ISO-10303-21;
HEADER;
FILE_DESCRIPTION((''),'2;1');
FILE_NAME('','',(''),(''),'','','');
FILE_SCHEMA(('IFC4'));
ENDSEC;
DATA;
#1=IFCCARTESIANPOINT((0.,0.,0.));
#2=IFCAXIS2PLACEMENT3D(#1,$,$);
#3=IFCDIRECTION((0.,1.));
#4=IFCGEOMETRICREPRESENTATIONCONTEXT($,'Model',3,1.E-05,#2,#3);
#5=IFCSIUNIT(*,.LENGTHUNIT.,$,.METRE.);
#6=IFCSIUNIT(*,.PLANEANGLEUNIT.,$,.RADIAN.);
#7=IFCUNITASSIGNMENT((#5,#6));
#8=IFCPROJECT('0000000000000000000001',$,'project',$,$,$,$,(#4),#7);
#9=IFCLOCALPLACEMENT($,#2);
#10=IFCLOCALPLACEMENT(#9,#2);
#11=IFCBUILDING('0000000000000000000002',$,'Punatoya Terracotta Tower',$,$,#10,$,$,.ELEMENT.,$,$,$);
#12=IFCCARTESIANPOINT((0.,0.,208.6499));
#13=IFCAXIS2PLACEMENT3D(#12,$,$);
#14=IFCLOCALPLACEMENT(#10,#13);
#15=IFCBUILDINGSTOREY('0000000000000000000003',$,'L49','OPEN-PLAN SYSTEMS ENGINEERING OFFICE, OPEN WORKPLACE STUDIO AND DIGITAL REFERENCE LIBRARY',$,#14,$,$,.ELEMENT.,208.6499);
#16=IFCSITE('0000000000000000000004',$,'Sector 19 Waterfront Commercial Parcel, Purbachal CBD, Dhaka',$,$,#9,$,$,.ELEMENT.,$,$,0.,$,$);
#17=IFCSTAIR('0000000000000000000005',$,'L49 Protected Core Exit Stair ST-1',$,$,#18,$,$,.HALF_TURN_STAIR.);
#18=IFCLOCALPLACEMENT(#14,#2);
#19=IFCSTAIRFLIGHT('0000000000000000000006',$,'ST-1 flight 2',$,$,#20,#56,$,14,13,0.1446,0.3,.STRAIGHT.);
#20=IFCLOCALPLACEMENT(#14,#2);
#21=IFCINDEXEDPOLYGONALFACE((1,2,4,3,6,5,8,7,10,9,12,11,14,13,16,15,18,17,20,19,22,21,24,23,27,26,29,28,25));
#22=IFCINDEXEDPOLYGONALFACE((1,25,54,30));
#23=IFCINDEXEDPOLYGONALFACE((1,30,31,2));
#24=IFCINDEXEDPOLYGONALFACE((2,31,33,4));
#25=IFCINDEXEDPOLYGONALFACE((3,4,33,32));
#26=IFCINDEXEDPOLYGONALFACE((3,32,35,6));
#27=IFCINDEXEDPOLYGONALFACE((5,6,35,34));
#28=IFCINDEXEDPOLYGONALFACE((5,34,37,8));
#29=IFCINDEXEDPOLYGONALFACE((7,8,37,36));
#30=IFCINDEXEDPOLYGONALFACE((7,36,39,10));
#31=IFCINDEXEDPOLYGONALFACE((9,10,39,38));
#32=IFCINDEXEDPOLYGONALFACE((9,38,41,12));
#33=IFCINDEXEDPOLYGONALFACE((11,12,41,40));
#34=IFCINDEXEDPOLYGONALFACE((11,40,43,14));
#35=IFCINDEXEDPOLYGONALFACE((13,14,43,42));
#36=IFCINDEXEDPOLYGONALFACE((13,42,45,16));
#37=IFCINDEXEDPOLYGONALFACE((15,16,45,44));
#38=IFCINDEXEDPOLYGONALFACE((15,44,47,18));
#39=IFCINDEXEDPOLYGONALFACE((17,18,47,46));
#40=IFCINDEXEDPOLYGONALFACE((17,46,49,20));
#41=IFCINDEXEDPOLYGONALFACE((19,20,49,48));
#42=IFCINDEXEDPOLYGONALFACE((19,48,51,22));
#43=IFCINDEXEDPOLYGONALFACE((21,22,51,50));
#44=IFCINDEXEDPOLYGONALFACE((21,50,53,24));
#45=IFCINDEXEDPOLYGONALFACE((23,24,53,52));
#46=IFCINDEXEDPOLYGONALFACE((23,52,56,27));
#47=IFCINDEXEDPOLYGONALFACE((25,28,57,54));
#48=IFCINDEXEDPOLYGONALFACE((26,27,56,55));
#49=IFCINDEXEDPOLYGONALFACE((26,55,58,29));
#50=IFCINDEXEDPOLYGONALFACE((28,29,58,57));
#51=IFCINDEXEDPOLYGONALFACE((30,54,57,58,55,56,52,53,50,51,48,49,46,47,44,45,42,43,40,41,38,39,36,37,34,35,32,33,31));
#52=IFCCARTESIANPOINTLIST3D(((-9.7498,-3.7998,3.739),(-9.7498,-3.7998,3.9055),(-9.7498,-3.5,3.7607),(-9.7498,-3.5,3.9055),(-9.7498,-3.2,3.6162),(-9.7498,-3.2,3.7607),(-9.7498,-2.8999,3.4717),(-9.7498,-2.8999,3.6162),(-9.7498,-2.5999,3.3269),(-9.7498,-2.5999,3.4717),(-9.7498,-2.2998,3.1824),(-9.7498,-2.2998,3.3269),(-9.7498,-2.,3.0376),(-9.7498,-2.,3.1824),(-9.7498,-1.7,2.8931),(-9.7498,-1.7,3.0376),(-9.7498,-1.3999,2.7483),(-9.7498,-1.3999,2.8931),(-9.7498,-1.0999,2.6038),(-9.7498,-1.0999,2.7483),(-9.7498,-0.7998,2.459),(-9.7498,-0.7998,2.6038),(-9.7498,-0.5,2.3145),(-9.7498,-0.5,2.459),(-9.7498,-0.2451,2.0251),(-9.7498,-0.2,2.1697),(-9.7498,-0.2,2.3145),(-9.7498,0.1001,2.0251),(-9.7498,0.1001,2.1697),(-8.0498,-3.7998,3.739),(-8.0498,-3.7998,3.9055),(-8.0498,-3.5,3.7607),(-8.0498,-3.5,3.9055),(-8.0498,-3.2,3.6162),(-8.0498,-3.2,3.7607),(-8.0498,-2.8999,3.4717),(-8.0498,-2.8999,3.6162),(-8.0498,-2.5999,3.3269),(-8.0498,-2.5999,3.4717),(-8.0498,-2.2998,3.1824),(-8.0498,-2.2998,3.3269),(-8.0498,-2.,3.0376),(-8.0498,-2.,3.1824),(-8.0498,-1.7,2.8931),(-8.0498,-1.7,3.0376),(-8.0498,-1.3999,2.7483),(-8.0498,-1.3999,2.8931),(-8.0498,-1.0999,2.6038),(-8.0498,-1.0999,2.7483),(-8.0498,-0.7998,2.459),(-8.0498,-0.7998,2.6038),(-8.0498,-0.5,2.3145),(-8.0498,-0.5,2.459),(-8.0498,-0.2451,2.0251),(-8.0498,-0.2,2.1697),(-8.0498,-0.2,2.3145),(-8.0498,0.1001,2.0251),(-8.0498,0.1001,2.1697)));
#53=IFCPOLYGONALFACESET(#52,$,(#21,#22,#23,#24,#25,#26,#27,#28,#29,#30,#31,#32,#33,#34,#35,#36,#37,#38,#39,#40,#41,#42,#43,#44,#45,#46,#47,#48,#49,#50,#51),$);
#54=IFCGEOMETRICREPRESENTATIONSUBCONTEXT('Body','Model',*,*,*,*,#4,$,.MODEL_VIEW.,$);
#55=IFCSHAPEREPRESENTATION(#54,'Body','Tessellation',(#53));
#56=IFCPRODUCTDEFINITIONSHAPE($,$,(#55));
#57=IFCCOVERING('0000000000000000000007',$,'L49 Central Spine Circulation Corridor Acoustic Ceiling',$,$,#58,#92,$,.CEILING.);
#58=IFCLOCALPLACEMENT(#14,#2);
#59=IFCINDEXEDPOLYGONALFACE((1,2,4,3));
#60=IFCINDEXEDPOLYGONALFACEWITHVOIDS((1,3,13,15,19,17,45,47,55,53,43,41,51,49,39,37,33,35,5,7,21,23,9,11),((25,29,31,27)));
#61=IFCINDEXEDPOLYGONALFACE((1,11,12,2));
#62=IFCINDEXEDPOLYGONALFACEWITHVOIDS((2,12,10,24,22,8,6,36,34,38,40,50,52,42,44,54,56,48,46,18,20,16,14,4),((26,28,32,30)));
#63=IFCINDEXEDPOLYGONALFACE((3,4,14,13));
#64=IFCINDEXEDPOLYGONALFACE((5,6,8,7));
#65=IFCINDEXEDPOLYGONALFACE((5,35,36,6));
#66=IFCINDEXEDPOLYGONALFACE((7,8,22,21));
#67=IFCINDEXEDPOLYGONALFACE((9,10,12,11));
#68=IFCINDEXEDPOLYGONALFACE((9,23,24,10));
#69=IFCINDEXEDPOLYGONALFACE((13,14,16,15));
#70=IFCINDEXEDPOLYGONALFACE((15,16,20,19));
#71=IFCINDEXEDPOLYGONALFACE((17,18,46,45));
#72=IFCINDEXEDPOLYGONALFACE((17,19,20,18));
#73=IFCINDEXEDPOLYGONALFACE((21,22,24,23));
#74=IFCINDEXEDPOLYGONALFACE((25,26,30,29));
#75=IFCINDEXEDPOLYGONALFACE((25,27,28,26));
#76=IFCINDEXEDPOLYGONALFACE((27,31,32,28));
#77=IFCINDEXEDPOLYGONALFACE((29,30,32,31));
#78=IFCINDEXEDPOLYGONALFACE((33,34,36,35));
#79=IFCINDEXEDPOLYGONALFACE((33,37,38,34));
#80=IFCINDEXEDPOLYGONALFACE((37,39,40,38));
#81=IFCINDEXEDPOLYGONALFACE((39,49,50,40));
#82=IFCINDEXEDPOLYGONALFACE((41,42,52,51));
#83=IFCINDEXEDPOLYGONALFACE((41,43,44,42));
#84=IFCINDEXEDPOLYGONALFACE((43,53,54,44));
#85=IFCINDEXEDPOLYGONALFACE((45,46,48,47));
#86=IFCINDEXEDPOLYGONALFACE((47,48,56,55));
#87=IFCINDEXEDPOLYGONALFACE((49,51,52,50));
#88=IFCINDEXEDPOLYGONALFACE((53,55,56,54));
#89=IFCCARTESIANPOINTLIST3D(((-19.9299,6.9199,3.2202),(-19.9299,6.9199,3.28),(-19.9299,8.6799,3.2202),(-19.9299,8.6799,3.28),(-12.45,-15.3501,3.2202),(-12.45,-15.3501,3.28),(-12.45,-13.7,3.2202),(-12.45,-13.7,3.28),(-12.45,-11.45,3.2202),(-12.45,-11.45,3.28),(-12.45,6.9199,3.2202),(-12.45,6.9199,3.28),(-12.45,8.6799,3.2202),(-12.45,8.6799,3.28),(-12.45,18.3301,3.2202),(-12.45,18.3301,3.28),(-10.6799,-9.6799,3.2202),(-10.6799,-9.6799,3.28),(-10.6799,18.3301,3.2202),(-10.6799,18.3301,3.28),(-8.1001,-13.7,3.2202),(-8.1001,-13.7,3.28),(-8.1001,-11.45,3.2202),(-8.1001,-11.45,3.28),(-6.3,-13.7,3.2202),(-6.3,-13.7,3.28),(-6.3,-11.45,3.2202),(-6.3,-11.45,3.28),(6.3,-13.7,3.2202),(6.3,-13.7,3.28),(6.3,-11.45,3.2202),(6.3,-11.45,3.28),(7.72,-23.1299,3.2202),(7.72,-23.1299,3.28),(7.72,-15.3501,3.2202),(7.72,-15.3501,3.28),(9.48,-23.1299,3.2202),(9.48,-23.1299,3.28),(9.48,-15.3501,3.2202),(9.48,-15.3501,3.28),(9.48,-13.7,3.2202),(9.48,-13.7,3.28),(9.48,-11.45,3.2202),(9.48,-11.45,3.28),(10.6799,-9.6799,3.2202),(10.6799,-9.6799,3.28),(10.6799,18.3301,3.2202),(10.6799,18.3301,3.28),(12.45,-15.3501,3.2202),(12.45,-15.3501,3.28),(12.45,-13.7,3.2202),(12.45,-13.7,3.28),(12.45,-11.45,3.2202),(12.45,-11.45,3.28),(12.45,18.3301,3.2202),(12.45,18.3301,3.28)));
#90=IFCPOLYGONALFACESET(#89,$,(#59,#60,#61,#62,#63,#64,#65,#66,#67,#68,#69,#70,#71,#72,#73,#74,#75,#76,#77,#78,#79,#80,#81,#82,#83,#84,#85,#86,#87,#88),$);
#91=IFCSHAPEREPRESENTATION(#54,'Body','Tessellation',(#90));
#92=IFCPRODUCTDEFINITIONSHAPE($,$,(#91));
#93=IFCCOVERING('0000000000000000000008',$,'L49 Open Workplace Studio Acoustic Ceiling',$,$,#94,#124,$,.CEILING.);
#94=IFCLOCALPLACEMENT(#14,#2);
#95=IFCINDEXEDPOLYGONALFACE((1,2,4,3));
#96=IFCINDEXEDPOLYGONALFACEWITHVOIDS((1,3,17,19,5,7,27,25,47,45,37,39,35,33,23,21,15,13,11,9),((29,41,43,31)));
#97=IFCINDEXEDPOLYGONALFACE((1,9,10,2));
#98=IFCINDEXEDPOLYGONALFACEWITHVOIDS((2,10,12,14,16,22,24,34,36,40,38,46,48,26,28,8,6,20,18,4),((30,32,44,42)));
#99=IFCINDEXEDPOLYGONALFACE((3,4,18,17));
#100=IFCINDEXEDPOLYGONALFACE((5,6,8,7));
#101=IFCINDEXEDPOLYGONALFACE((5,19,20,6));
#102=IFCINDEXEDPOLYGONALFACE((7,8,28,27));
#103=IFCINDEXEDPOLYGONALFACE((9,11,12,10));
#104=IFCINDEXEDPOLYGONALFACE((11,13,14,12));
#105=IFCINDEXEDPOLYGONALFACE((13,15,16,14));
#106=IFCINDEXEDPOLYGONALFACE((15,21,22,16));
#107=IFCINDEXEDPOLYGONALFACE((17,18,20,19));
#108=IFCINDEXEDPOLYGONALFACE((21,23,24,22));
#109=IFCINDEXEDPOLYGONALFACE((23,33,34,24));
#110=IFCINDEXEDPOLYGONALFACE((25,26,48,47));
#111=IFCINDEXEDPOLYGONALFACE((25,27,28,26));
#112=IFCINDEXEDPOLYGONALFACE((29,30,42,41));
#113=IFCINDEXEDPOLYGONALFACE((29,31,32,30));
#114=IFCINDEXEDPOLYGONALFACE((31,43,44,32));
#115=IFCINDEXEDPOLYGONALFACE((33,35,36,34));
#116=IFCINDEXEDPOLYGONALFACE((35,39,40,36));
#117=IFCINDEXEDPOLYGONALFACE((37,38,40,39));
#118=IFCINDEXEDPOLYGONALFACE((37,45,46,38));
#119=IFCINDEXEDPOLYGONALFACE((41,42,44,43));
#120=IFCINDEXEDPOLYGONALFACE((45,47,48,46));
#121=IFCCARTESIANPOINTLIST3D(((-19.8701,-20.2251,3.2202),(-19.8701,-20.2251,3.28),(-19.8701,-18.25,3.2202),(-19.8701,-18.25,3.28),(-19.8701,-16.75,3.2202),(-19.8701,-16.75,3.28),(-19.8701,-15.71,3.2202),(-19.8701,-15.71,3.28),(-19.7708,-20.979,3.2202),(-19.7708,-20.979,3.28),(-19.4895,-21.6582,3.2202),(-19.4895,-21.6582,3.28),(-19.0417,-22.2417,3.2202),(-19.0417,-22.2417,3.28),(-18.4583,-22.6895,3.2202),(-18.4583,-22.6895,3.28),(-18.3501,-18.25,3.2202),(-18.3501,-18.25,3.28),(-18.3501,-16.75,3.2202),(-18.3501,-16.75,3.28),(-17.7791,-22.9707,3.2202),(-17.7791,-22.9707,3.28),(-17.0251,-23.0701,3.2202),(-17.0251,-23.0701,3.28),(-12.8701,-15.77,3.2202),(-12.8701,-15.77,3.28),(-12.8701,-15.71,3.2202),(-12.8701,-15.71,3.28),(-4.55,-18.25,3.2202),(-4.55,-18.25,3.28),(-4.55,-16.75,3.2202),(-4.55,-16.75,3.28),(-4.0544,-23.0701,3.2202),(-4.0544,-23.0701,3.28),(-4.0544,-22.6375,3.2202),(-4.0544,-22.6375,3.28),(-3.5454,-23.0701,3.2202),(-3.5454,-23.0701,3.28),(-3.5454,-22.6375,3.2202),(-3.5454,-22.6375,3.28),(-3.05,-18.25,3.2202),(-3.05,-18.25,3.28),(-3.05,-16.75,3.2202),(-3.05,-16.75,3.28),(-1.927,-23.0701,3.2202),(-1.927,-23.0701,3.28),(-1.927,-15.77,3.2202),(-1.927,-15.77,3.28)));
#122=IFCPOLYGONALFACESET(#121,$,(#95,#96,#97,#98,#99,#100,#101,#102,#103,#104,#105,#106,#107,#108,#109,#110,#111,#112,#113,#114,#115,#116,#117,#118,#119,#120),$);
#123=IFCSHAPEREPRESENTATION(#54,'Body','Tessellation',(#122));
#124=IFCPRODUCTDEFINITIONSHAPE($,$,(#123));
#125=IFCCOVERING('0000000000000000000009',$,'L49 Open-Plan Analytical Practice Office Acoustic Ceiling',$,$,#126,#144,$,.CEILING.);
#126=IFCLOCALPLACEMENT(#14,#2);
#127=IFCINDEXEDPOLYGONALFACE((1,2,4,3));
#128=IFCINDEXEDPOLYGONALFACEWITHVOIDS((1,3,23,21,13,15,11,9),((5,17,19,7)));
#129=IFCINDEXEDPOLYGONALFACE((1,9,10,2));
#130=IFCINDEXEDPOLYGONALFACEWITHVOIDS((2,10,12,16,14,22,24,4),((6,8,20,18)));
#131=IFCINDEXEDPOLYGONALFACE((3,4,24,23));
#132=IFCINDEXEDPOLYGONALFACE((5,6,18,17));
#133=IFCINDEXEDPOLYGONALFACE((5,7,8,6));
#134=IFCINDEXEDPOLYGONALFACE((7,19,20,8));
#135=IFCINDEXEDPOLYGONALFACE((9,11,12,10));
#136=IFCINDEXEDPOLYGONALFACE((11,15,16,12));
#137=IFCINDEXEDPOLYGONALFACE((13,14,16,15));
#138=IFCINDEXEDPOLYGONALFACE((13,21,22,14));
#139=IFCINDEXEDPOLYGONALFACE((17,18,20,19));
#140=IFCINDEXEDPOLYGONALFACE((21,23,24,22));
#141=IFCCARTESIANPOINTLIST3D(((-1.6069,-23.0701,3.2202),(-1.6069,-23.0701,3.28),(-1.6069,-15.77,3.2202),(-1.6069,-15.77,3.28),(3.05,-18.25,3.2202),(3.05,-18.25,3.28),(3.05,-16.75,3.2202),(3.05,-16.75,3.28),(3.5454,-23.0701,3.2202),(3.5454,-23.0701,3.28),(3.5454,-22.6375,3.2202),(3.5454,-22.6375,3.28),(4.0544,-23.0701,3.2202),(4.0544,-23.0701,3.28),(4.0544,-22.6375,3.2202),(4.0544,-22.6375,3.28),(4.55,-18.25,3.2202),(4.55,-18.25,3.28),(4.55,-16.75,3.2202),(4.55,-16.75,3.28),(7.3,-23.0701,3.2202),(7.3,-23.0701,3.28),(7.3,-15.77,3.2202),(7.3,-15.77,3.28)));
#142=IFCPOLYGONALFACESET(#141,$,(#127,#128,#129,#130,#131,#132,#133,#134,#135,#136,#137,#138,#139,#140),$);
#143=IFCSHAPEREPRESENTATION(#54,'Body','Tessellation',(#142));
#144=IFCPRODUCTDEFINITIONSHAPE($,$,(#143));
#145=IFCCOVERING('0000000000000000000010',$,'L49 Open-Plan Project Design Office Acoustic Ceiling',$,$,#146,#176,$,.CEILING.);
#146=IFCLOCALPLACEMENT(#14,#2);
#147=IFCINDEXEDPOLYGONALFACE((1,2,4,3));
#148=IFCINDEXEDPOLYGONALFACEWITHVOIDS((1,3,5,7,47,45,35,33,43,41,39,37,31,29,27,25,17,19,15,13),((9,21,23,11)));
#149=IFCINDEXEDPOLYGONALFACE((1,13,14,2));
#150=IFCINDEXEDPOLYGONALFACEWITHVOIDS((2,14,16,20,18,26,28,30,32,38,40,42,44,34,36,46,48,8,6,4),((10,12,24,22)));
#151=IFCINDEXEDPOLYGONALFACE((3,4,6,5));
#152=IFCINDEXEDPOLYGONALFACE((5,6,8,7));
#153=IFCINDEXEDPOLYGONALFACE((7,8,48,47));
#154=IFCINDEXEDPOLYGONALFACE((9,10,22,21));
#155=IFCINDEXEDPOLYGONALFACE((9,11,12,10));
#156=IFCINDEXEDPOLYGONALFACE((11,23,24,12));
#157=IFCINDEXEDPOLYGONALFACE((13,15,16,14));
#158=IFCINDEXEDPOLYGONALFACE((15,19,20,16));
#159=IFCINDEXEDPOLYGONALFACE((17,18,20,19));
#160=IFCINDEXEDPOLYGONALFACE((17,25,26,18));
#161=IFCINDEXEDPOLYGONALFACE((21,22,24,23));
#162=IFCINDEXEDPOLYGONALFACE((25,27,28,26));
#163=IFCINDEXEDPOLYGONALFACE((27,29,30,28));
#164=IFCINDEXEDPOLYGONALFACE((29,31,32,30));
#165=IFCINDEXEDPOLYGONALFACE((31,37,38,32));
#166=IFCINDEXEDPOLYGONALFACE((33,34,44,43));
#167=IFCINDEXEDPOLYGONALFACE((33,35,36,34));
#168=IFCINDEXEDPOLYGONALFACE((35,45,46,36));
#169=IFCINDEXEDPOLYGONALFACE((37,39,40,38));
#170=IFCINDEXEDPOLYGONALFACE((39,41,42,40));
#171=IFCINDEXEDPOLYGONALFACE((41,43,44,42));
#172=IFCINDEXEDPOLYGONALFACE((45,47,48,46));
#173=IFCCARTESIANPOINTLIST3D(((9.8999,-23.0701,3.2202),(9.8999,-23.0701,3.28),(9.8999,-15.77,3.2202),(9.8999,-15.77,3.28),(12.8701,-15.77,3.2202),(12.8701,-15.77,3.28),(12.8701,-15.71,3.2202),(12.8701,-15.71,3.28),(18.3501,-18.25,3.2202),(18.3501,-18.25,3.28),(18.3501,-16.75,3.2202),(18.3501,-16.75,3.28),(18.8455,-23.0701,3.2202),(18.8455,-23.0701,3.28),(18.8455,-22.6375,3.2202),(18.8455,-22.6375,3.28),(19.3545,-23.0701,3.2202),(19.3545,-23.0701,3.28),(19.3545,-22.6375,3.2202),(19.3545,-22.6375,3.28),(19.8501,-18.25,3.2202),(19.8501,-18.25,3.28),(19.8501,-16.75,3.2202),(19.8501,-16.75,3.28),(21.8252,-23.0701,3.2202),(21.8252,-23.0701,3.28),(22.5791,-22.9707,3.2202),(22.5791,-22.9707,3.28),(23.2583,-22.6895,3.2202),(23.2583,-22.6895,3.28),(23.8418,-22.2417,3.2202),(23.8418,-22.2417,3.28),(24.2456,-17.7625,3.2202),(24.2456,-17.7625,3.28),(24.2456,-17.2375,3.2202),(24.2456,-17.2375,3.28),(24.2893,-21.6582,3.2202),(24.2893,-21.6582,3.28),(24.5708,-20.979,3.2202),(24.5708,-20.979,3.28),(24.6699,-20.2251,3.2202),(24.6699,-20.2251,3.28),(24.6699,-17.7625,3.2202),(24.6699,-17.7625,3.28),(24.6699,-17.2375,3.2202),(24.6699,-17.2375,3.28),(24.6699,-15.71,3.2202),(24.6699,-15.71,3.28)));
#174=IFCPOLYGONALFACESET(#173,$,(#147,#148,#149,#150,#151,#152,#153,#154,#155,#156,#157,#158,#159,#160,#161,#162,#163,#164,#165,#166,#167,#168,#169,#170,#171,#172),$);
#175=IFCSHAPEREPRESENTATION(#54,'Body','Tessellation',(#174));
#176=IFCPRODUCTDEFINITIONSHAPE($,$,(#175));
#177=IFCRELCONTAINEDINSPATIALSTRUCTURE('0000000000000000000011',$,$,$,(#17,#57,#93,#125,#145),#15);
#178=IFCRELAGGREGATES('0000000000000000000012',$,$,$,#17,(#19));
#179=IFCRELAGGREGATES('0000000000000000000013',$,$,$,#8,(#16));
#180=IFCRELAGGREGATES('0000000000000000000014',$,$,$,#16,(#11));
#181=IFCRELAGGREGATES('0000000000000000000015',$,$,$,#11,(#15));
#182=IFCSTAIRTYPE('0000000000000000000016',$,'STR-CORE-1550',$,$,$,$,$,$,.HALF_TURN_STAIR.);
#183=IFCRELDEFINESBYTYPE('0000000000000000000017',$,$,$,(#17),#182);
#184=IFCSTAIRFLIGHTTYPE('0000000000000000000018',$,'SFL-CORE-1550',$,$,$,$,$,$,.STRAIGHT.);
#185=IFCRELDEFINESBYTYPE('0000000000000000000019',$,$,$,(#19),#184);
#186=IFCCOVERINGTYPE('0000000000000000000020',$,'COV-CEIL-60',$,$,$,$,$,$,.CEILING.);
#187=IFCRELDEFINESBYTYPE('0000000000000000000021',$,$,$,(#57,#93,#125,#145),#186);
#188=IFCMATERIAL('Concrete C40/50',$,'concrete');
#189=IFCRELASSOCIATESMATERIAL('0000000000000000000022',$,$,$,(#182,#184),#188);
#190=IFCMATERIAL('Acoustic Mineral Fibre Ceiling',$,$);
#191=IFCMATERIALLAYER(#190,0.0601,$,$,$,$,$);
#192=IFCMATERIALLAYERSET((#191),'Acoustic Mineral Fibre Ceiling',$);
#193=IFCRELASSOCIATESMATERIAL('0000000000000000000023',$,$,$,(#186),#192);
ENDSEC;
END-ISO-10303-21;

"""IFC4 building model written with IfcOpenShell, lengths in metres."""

from ifc_helpers import new_model, si_unit, direction, frame, origin, place, context, subcontext, project, spatial, polyline, outline, extrude, material, layer, layer_set, type_object, element, aggregate, save


model = new_model("IFC4")

# Units and contexts
model_context = context("Model", 3, precision=1e-05, world=origin(), true_north=direction((0.0, 1.0)))
body_context = subcontext(model_context, "Body", "Model", "MODEL_VIEW")
ifc_project = project(units=[si_unit("LENGTHUNIT", "METRE"), si_unit("PLANEANGLEUNIT", "RADIAN")], contexts=[model_context])

# Site, building, storey
site_placement = place(None, origin())
site = spatial("IfcSite", under=ifc_project, at=site_placement, Name="Sector 19 Waterfront Commercial Parcel, Purbachal CBD, Dhaka", CompositionType="ELEMENT", RefElevation=0.0)
building_placement = place(site_placement, origin())
building = spatial("IfcBuilding", under=site, at=building_placement, Name="Punatoya Terracotta Tower", CompositionType="ELEMENT")
storey_placement = place(building_placement, frame((0.0, 0.0, 208.6499)))
storey = spatial("IfcBuildingStorey", under=building, at=storey_placement, Name="L49", Description="OPEN-PLAN SYSTEMS ENGINEERING OFFICE, OPEN WORKPLACE STUDIO AND DIGITAL REFERENCE LIBRARY", CompositionType="ELEMENT", Elevation=208.6499)

# Stair
ifc_material_1 = material(Name="Concrete C40/50", Category="concrete")
stair_type_1 = type_object("IfcStairType", Name="STR-CORE-1550", PredefinedType="HALF_TURN_STAIR", material=ifc_material_1)
stair_1_placement = place(storey_placement, origin())
stair_1 = element("IfcStair", 1, at=stair_1_placement, inside=storey, type_object=stair_type_1, Name="L49 Protected Core Exit Stair ST-1", PredefinedType="HALF_TURN_STAIR")

# Stair flight
stair_flight_type = type_object("IfcStairFlightType", Name="SFL-CORE-1550", PredefinedType="STRAIGHT", material=ifc_material_1)
stair_flight_placement = place(storey_placement, frame((-8.8999, 0.1001, 2.0251), z_axis=(0.0, 0.0, 1.0), x_axis=(0.0, -1.0, 0.0)))
stair_flight = element("IfcStairFlight", 2, at=stair_flight_placement, type_object=stair_flight_type, Name="ST-1 flight 2", NumberOfRisers=14, NumberOfTreads=13, PredefinedType="STRAIGHT", RiserHeight=0.1446, TreadLength=0.3, context=body_context, shape_type="SweptSolid", body=[
    extrude(outline(polyline([(0.0, 0.0), (0.0, 0.1445), (0.3, 0.1445), (0.3, 0.2893), (0.6001, 0.2893), (0.6001, 0.4338), (0.8999, 0.4338), (0.8999, 0.5786), (1.2, 0.5786), (1.2, 0.7231), (1.5, 0.7231), (1.5, 0.8679), (1.8, 0.8679), (1.8, 1.0125), (2.1001, 1.0125), (2.1001, 1.1572), (2.3999, 1.1572), (2.3999, 1.3018), (2.7, 1.3018), (2.7, 1.4465), (3.0, 1.4465), (3.0, 1.5911), (3.3, 1.5911), (3.3, 1.7356), (3.6001, 1.7356), (3.6001, 1.8804), (3.8999, 1.8804), (3.8999, 2.0249), (3.8999, 1.7139), (0.3452, 0.0), (0.0, 0.0)])), frame((0.0, 0.8501, 0.0), z_axis=(0.0, -1.0, 0.0), x_axis=(1.0, 0.0, 0.0)), (0.0, 0.0, 1.0), 1.7),
])
aggregate(stair_1, [stair_flight])

# Coverings
ifc_material_2 = material(Name="Acoustic Mineral Fibre Ceiling")
ifc_layer_1 = layer(ifc_material_2, 0.0601)
ifc_layer_set_1 = layer_set([ifc_layer_1], Name="Acoustic Mineral Fibre Ceiling")
covering_type = type_object("IfcCoveringType", Name="COV-CEIL-60", PredefinedType="CEILING", material=ifc_layer_set_1)
covering_1_placement = place(storey_placement, frame((0.0, 0.0, 3.2202)))
element("IfcCovering", 3, at=covering_1_placement, inside=storey, type_object=covering_type, Name="L49 Central Spine Circulation Corridor Acoustic Ceiling", PredefinedType="CEILING", context=body_context, shape_type="SweptSolid", body=[
    extrude(outline(polyline([(9.48, -15.3501), (12.45, -15.3501), (12.45, -13.7), (9.48, -13.7), (9.48, -11.45), (12.45, -11.45), (12.45, 18.3301), (10.6799, 18.3301), (10.6799, -9.6799), (-10.6799, -9.6799), (-10.6799, 18.3301), (-12.45, 18.3301), (-12.45, 8.6799), (-19.9299, 8.6799), (-19.9299, 6.9199), (-12.45, 6.9199), (-12.45, -11.45), (-8.1001, -11.45), (-8.1001, -13.7), (-12.45, -13.7), (-12.45, -15.3501), (7.72, -15.3501), (7.72, -23.1299), (9.48, -23.1299), (9.48, -15.3501)]), holes=[polyline([(6.3, -13.7), (-6.3, -13.7), (-6.3, -11.45), (6.3, -11.45), (6.3, -13.7)])]), origin(), (0.0, 0.0, 1.0), 0.0598),
])
covering_2_placement = place(storey_placement, frame((0.0, 0.0, 3.2202)))
element("IfcCovering", 4, at=covering_2_placement, inside=storey, type_object=covering_type, Name="L49 Open Workplace Studio Acoustic Ceiling", PredefinedType="CEILING", context=body_context, shape_type="SweptSolid", body=[
    extrude(outline(polyline([(-19.8701, -16.75), (-18.3501, -16.75), (-18.3501, -18.25), (-19.8701, -18.25), (-19.8701, -20.2251), (-19.7708, -20.979), (-19.4895, -21.6582), (-19.0417, -22.2417), (-18.4583, -22.6895), (-17.7791, -22.9707), (-17.0251, -23.0701), (-4.0544, -23.0701), (-4.0544, -22.6375), (-3.5454, -22.6375), (-3.5454, -23.0701), (-1.927, -23.0701), (-1.927, -15.77), (-12.8701, -15.77), (-12.8701, -15.71), (-19.8701, -15.71), (-19.8701, -16.75)]), holes=[polyline([(-4.55, -16.75), (-3.05, -16.75), (-3.05, -18.25), (-4.55, -18.25), (-4.55, -16.75)])]), origin(), (0.0, 0.0, 1.0), 0.0598),
])
covering_3_placement = place(storey_placement, frame((0.0, 0.0, 3.2202)))
element("IfcCovering", 5, at=covering_3_placement, inside=storey, type_object=covering_type, Name="L49 Open-Plan Analytical Practice Office Acoustic Ceiling", PredefinedType="CEILING", context=body_context, shape_type="SweptSolid", body=[
    extrude(outline(polyline([(3.5454, -22.6375), (4.0544, -22.6375), (4.0544, -23.0701), (7.3, -23.0701), (7.3, -15.77), (-1.6069, -15.77), (-1.6069, -23.0701), (3.5454, -23.0701), (3.5454, -22.6375)]), holes=[polyline([(4.55, -16.75), (4.55, -18.25), (3.05, -18.25), (3.05, -16.75), (4.55, -16.75)])]), origin(), (0.0, 0.0, 1.0), 0.0598),
])
covering_4_placement = place(storey_placement, frame((0.0, 0.0, 3.2202)))
element("IfcCovering", 6, at=covering_4_placement, inside=storey, type_object=covering_type, Name="L49 Open-Plan Project Design Office Acoustic Ceiling", PredefinedType="CEILING", context=body_context, shape_type="SweptSolid", body=[
    extrude(outline(polyline([(12.8701, -15.77), (9.8999, -15.77), (9.8999, -23.0701), (18.8455, -23.0701), (18.8455, -22.6375), (19.3545, -22.6375), (19.3545, -23.0701), (21.8252, -23.0701), (22.5791, -22.9707), (23.2583, -22.6895), (23.8418, -22.2417), (24.2893, -21.6582), (24.5708, -20.979), (24.6699, -20.2251), (24.6699, -17.7625), (24.2456, -17.7625), (24.2456, -17.2375), (24.6699, -17.2375), (24.6699, -15.71), (12.8701, -15.71), (12.8701, -15.77)]), holes=[polyline([(19.8501, -18.25), (18.3501, -18.25), (18.3501, -16.75), (19.8501, -16.75), (19.8501, -18.25)])]), origin(), (0.0, 0.0, 1.0), 0.0598),
])

save(model, "model.ifc")
